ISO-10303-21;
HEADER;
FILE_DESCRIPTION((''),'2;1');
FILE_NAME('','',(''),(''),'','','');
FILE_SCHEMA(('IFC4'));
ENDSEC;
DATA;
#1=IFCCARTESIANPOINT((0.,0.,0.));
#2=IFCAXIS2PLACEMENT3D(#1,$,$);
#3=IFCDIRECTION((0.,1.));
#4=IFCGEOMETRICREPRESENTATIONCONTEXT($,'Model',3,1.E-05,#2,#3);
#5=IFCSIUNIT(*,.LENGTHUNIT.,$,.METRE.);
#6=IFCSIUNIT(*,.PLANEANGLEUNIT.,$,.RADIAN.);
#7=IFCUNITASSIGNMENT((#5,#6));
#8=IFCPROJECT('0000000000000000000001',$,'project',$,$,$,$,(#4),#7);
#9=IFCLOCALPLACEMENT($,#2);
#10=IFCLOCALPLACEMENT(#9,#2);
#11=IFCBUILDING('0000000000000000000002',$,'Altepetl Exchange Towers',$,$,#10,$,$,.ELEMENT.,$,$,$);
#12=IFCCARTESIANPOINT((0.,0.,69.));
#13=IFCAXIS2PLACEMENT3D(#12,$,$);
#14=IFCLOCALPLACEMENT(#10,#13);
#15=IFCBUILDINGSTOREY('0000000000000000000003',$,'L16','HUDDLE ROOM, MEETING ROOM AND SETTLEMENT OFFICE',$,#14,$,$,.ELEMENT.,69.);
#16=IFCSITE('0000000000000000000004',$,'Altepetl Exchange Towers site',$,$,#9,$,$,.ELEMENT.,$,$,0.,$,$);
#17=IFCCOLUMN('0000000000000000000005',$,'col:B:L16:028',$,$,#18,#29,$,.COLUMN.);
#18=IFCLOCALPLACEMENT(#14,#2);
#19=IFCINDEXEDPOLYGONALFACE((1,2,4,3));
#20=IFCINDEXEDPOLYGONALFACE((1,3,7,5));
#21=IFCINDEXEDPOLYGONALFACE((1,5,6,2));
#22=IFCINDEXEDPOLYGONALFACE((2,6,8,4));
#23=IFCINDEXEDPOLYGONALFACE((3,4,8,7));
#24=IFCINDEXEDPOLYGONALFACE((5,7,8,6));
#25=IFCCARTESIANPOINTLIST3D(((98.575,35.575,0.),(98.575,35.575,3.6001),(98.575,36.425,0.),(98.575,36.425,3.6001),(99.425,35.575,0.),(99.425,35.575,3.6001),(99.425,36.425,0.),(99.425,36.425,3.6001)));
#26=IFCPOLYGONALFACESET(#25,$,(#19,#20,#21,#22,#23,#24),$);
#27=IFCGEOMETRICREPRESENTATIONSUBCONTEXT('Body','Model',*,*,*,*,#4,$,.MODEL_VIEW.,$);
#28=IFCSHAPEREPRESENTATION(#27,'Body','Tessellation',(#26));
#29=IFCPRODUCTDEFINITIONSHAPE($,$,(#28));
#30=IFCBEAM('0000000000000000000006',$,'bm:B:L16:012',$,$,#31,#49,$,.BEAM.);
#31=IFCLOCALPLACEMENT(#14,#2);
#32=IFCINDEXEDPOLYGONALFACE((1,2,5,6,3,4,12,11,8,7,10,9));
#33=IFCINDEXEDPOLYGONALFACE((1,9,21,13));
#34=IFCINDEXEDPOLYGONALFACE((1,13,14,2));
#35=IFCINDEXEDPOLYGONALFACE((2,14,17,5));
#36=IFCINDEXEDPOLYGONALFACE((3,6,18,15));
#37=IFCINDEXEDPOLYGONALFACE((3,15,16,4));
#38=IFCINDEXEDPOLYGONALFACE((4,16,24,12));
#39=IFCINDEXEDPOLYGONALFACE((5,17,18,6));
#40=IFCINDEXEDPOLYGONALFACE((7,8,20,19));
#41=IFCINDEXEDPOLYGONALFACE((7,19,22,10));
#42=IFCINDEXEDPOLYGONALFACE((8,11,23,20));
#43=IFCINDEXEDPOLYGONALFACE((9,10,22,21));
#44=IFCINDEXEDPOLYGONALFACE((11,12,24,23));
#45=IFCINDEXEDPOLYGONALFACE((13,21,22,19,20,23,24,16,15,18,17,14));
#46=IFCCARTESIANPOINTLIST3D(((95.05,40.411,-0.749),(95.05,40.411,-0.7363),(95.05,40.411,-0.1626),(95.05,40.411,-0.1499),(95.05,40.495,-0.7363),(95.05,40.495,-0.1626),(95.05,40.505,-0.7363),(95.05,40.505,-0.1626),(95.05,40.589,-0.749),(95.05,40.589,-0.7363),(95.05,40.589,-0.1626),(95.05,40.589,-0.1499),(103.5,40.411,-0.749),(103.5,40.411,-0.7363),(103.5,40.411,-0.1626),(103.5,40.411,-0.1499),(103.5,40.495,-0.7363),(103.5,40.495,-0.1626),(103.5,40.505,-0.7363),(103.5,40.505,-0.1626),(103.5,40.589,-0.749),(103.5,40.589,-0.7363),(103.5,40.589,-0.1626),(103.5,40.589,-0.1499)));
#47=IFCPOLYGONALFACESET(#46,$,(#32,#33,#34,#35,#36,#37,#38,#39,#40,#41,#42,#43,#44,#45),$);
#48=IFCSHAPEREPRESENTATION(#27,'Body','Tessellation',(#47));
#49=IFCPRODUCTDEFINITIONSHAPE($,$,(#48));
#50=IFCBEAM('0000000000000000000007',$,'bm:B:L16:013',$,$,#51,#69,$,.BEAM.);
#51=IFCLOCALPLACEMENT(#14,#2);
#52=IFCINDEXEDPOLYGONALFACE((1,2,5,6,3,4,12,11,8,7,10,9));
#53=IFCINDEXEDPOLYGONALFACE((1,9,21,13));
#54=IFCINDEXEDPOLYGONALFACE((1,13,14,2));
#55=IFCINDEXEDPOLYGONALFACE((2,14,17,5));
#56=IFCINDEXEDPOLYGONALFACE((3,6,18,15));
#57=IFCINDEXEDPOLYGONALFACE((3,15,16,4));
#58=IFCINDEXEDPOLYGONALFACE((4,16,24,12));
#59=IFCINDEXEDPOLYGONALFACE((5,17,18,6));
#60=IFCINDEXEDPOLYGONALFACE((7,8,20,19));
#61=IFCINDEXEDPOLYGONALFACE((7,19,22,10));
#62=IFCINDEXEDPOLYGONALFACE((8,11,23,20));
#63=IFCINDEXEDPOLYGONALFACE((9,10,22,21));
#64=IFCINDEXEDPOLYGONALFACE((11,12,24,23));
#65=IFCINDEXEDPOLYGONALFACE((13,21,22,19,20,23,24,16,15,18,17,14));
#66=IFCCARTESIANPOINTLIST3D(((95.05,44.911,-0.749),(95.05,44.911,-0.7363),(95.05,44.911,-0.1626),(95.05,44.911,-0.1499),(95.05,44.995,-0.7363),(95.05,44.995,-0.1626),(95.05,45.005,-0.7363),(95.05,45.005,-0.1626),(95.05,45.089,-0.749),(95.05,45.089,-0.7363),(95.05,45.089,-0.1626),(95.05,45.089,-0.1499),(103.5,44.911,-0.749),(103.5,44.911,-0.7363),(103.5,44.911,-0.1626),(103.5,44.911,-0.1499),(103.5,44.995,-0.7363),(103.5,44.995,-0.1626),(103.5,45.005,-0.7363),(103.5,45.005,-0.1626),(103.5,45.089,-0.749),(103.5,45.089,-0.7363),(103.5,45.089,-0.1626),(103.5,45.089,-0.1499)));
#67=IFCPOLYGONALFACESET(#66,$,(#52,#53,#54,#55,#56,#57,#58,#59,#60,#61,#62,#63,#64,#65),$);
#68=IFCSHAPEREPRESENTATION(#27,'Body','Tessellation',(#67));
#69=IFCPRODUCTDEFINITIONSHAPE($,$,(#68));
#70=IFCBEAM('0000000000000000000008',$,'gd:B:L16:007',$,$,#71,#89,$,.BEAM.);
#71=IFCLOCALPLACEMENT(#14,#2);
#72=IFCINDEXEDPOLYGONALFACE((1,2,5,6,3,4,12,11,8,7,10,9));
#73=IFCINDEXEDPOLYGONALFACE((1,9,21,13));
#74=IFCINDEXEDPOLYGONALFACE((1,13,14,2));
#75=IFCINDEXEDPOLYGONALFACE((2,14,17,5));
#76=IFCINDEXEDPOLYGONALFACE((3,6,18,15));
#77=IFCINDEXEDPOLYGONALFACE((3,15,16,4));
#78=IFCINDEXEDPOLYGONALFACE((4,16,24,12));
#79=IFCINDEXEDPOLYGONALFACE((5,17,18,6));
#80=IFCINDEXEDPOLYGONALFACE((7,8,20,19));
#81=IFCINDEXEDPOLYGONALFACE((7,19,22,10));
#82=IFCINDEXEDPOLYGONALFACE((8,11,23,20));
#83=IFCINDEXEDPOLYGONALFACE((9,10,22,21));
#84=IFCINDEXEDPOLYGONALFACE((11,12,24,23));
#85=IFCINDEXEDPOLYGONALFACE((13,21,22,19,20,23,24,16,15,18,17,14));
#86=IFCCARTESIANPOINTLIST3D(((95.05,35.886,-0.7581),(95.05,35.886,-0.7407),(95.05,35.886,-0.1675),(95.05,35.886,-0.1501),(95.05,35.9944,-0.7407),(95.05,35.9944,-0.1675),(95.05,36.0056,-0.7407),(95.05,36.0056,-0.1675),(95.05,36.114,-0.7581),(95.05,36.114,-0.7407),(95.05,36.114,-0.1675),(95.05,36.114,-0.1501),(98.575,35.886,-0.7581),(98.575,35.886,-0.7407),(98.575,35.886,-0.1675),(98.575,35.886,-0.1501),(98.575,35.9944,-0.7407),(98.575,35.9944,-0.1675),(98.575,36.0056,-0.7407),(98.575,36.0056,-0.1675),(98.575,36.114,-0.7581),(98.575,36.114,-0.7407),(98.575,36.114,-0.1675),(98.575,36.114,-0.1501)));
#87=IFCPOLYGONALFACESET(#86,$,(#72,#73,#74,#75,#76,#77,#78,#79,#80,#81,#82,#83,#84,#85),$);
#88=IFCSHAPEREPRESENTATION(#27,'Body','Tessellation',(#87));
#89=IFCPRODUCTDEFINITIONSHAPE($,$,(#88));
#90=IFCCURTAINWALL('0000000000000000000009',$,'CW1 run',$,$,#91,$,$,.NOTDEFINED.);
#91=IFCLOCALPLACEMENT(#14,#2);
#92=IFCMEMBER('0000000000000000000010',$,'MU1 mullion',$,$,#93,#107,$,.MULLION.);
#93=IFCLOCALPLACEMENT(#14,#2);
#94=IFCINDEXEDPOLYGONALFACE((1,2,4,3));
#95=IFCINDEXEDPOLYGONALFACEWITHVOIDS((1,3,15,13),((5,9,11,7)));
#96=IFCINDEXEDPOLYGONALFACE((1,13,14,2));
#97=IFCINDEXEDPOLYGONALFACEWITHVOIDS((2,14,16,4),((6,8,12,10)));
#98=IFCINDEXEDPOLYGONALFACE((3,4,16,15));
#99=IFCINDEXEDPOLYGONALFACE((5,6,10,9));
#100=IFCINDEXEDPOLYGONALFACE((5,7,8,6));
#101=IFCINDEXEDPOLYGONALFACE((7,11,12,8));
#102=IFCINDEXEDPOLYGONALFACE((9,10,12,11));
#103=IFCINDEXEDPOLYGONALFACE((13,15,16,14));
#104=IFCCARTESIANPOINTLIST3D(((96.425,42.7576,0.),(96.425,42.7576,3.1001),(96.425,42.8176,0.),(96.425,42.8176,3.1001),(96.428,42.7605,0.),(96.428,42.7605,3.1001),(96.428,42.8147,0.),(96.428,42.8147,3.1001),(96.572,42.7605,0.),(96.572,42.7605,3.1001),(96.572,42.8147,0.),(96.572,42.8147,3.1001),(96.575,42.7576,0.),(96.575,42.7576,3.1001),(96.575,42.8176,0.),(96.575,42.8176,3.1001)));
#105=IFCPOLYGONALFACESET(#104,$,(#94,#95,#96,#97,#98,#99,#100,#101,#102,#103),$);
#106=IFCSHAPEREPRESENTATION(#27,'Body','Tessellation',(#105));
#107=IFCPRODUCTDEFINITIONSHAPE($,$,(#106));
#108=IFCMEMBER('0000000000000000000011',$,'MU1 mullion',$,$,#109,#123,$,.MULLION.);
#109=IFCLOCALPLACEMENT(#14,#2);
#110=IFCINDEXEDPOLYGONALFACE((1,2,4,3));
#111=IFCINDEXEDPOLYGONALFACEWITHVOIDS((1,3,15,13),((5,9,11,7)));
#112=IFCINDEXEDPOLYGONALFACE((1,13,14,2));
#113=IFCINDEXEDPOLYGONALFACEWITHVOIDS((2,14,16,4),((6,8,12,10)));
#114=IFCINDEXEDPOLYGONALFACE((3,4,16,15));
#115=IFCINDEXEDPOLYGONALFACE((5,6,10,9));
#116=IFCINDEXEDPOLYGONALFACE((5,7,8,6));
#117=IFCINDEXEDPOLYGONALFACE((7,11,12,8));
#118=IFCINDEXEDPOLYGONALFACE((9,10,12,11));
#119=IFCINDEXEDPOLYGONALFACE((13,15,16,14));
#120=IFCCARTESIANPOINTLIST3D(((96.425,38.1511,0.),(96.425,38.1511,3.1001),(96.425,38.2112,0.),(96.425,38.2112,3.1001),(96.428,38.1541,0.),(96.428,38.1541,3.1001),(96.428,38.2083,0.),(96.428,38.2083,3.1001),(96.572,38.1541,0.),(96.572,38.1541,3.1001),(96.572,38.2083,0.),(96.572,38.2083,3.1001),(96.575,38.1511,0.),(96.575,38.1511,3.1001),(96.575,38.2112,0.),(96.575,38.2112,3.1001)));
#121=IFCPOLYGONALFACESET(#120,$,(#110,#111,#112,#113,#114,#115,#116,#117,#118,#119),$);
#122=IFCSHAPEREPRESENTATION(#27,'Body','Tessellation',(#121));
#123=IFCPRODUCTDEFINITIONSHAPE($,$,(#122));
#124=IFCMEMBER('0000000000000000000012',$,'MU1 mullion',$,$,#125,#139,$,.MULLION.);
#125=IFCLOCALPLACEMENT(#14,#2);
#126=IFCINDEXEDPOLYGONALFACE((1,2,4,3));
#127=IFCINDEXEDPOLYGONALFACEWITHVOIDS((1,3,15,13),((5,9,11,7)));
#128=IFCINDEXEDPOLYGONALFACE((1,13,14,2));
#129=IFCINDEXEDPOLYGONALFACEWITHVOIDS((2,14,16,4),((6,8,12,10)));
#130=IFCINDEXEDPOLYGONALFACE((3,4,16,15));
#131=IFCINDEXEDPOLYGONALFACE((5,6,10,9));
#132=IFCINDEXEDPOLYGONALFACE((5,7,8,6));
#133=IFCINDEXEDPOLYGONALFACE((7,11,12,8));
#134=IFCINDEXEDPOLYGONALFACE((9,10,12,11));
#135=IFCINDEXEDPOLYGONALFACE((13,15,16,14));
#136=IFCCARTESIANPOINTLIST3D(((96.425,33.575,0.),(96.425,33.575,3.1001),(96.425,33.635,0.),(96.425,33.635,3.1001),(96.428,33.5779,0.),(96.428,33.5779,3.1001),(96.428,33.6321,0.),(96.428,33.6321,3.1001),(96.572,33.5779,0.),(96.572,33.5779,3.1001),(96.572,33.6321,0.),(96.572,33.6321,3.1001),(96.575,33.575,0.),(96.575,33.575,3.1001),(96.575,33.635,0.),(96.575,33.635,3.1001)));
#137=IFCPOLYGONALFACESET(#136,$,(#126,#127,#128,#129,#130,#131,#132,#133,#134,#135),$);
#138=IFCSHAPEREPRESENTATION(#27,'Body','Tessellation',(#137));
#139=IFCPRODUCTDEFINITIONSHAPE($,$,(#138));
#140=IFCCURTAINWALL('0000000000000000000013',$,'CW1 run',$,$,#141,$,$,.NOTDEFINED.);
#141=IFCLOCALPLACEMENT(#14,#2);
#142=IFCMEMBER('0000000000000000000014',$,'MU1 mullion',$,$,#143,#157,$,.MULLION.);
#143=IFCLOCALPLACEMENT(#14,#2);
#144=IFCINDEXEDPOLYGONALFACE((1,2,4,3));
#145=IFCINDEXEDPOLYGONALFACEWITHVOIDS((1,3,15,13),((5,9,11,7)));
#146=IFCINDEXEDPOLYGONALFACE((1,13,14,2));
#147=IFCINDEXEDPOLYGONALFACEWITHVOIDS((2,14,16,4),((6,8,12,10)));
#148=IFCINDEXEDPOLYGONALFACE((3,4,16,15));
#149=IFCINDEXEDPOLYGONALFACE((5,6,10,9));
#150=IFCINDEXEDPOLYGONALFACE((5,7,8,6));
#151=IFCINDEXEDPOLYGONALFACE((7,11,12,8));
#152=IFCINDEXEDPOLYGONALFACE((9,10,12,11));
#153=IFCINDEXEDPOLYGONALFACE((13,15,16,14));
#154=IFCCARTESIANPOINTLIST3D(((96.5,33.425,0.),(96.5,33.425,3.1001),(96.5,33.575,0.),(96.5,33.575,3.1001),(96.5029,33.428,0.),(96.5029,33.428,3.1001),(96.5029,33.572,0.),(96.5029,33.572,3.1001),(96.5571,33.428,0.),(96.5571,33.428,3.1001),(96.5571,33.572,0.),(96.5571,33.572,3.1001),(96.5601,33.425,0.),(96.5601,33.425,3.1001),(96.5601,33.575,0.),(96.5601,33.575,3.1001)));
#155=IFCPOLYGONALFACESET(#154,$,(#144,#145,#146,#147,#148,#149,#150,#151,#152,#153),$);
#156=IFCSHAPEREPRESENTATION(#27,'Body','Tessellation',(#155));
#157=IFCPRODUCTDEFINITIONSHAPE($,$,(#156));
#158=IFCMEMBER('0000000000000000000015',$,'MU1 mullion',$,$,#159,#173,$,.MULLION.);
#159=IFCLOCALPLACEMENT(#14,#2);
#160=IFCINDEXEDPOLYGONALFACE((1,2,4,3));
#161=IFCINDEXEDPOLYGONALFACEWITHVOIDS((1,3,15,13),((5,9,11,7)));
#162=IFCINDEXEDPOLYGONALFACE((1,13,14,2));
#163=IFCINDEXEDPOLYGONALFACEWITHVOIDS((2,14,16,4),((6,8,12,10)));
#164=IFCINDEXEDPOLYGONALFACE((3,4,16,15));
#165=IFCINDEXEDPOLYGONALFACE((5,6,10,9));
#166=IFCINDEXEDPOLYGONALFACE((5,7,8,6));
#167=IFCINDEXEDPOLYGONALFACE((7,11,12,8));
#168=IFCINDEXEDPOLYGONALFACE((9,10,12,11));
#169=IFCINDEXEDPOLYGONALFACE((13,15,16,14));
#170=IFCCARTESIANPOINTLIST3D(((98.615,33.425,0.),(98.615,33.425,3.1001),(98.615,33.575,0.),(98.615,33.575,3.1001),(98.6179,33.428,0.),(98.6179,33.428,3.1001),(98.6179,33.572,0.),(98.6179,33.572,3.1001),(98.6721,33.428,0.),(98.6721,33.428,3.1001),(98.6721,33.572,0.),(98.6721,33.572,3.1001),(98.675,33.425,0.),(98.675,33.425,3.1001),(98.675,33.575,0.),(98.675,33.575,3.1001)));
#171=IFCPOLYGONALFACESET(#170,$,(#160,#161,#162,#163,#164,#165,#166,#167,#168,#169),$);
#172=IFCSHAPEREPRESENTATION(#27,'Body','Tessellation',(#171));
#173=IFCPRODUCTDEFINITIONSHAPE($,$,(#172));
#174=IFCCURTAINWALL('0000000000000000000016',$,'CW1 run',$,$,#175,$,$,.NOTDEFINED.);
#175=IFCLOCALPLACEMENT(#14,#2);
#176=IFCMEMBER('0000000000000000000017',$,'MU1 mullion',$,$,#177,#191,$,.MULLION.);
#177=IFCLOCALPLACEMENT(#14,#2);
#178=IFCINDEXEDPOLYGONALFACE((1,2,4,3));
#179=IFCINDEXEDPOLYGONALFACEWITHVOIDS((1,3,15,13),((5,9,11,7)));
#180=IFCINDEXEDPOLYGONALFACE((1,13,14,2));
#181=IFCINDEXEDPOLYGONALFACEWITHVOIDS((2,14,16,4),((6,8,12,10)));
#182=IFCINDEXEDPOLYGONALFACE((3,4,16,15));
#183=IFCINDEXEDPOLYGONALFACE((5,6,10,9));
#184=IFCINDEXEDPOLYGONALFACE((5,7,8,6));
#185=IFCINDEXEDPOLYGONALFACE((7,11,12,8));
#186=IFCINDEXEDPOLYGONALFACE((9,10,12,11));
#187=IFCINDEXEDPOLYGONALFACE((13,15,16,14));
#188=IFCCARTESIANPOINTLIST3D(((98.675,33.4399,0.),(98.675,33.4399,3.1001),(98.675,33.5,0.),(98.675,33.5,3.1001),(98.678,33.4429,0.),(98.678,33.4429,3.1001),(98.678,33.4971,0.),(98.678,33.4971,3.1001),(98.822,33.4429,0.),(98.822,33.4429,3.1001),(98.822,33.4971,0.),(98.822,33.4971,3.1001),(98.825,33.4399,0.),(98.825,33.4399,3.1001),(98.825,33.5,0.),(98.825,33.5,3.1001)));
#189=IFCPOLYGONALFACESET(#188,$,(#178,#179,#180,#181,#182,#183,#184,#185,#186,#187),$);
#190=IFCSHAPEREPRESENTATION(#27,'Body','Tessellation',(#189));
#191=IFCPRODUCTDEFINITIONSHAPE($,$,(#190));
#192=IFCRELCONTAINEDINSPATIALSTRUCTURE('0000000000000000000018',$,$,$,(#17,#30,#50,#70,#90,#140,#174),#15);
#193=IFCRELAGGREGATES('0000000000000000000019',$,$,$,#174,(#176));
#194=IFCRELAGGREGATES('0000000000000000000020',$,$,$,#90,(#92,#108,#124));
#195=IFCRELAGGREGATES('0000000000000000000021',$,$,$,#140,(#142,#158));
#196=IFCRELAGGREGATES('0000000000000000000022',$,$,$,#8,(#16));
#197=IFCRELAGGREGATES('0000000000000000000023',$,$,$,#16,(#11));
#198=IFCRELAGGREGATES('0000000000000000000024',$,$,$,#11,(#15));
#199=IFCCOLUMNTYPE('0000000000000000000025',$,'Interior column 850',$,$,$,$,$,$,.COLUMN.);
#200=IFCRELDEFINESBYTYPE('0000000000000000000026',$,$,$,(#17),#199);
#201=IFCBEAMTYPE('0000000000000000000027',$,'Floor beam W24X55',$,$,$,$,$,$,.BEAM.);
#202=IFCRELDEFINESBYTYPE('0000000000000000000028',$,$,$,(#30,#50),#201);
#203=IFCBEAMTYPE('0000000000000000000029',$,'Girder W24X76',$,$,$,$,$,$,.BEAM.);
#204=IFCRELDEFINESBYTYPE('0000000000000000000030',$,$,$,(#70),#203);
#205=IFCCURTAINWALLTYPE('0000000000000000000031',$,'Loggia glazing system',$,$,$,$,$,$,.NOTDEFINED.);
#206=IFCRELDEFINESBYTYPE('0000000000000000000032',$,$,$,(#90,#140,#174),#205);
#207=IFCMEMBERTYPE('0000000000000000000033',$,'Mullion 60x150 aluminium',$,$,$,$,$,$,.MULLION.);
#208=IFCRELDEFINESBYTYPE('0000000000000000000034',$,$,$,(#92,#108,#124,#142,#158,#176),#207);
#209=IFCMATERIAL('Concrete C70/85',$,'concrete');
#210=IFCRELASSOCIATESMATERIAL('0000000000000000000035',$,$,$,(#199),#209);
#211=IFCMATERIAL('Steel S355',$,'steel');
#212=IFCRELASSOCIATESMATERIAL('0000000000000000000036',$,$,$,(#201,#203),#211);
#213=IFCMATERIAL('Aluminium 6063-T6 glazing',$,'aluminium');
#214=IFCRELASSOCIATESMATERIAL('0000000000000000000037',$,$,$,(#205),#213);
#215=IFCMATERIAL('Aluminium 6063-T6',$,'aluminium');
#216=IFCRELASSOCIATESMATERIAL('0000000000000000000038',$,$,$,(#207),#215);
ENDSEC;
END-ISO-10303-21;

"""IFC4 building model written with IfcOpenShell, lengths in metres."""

from ifc_helpers import new_model, si_unit, direction, frame, origin, origin_2d, place, context, subcontext, project, spatial, rectangle, hollow_rectangle, i_section, extrude, material, material_profile, profile_set, type_object, element, aggregate, save


model = new_model("IFC4")

# Units and contexts
model_context = context("Model", 3, precision=1e-05, world=origin(), true_north=direction((0.0, 1.0)))
body_context = subcontext(model_context, "Body", "Model", "MODEL_VIEW")
ifc_project = project(units=[si_unit("LENGTHUNIT", "METRE"), si_unit("PLANEANGLEUNIT", "RADIAN")], contexts=[model_context])

# Site, building, storey
site_placement = place(None, origin())
site = spatial("IfcSite", under=ifc_project, at=site_placement, Name="Altepetl Exchange Towers site", CompositionType="ELEMENT", RefElevation=0.0)
building_placement = place(site_placement, origin())
building = spatial("IfcBuilding", under=site, at=building_placement, Name="Altepetl Exchange Towers", CompositionType="ELEMENT")
storey_placement = place(building_placement, frame((0.0, 0.0, 69.0)))
storey = spatial("IfcBuildingStorey", under=building, at=storey_placement, Name="L16", Description="HUDDLE ROOM, MEETING ROOM AND SETTLEMENT OFFICE", CompositionType="ELEMENT", Elevation=69.0)

# Column
ifc_material_1 = material(Name="Concrete C70/85", Category="concrete")
ifc_material_profile_1 = material_profile(ifc_material_1, rectangle(XDim=0.8501, YDim=0.8501, at=origin_2d()), Name="850 x 850")
ifc_profile_set_1 = profile_set([ifc_material_profile_1], Name="Concrete C70/85")
column_type = type_object("IfcColumnType", Name="Interior column 850", PredefinedType="COLUMN", material=ifc_profile_set_1)
column_placement = place(storey_placement, frame((99.0, 36.0, 0.0)))
element("IfcColumn", 1, at=column_placement, inside=storey, type_object=column_type, Name="col:B:L16:028", PredefinedType="COLUMN", context=body_context, shape_type="SweptSolid", body=[
    extrude(rectangle(XDim=0.8501, YDim=0.8501, at=origin_2d()), origin(), (0.0, 0.0, 1.0), 3.6001),
])

# Beams
ifc_material_2 = material(Name="Steel S355", Category="steel")
ifc_material_profile_2 = material_profile(ifc_material_2, i_section(OverallWidth=0.178, OverallDepth=0.5991, WebThickness=0.01, FlangeThickness=0.0127, at=origin_2d()), Name="W24X55")
ifc_profile_set_2 = profile_set([ifc_material_profile_2], Name="Steel S355")
beam_type_1 = type_object("IfcBeamType", Name="Floor beam W24X55", PredefinedType="BEAM", material=ifc_profile_set_2)
for number, where, z_axis, x_axis, name in (
    (2, (95.05, 40.5, -0.4495), (1.0, 0.0, 0.0), (0.0, 1.0, 0.0), "bm:B:L16:012"),
    (3, (95.05, 45.0, -0.4495), (1.0, 0.0, 0.0), (0.0, 1.0, 0.0), "bm:B:L16:013"),
):
    element("IfcBeam", number, at=place(storey_placement, frame(where, z_axis=z_axis, x_axis=x_axis)), inside=storey, type_object=beam_type_1, Name=name, PredefinedType="BEAM", context=body_context, shape_type="SweptSolid", body=[
        extrude(i_section(OverallWidth=0.178, OverallDepth=0.5991, WebThickness=0.01, FlangeThickness=0.0127, at=origin_2d()), origin(), (0.0, 0.0, 1.0), 8.45),
    ])
ifc_material_profile_3 = material_profile(ifc_material_2, i_section(OverallWidth=0.228, OverallDepth=0.6079, WebThickness=0.0112, FlangeThickness=0.0173, at=origin_2d()), Name="W24X76")
ifc_profile_set_3 = profile_set([ifc_material_profile_3], Name="Steel S355")
beam_type_2 = type_object("IfcBeamType", Name="Girder W24X76", PredefinedType="BEAM", material=ifc_profile_set_3)
beam_placement = place(storey_placement, frame((98.575, 36.0, -0.4541), z_axis=(-1.0, 0.0, 0.0), x_axis=(0.0, -1.0, 0.0)))
element("IfcBeam", 4, at=beam_placement, inside=storey, type_object=beam_type_2, Name="gd:B:L16:007", PredefinedType="BEAM", context=body_context, shape_type="SweptSolid", body=[
    extrude(i_section(OverallWidth=0.228, OverallDepth=0.6079, WebThickness=0.0112, FlangeThickness=0.0173, at=origin_2d()), origin(), (0.0, 0.0, 1.0), 3.5249),
])

# Curtain walls, members
ifc_material_3 = material(Name="Aluminium 6063-T6 glazing", Category="aluminium")
curtain_wall_type = type_object("IfcCurtainWallType", Name="Loggia glazing system", PredefinedType="NOTDEFINED", material=ifc_material_3)
curtain_wall_1_placement = place(storey_placement, origin())
curtain_wall_1 = element("IfcCurtainWall", 5, at=curtain_wall_1_placement, inside=storey, type_object=curtain_wall_type, Name="CW1 run", PredefinedType="NOTDEFINED")
ifc_material_4 = material(Name="Aluminium 6063-T6", Category="aluminium")
ifc_material_profile_4 = material_profile(ifc_material_4, hollow_rectangle(XDim=0.0601, YDim=0.1499, WallThickness=0.0029, at=origin_2d()), Name="Mullion 60x150 aluminium")
ifc_profile_set_4 = profile_set([ifc_material_profile_4], Name="Aluminium 6063-T6")
member_type = type_object("IfcMemberType", Name="Mullion 60x150 aluminium", PredefinedType="MULLION", material=ifc_profile_set_4)
member_1_placement = place(storey_placement, frame((96.5, 42.7876, 0.0), z_axis=(0.0, 0.0, 1.0), x_axis=(0.0, -1.0, 0.0)))
member_1 = element("IfcMember", 6, at=member_1_placement, type_object=member_type, Name="MU1 mullion", PredefinedType="MULLION", context=body_context, shape_type="SweptSolid", body=[
    extrude(hollow_rectangle(XDim=0.0601, YDim=0.1499, WallThickness=0.0029, at=origin_2d()), origin(), (0.0, 0.0, 1.0), 3.1001),
])
member_2_placement = place(storey_placement, frame((96.5, 38.1812, 0.0), z_axis=(0.0, 0.0, 1.0), x_axis=(0.0, -1.0, 0.0)))
member_2 = element("IfcMember", 7, at=member_2_placement, type_object=member_type, Name="MU1 mullion", PredefinedType="MULLION", context=body_context, shape_type="SweptSolid", body=[
    extrude(hollow_rectangle(XDim=0.0601, YDim=0.1499, WallThickness=0.0029, at=origin_2d()), origin(), (0.0, 0.0, 1.0), 3.1001),
])
member_3_placement = place(storey_placement, frame((96.5, 33.605, 0.0), z_axis=(0.0, 0.0, 1.0), x_axis=(0.0, -1.0, 0.0)))
member_3 = element("IfcMember", 8, at=member_3_placement, type_object=member_type, Name="MU1 mullion", PredefinedType="MULLION", context=body_context, shape_type="SweptSolid", body=[
    extrude(hollow_rectangle(XDim=0.0601, YDim=0.1499, WallThickness=0.0029, at=origin_2d()), origin(), (0.0, 0.0, 1.0), 3.1001),
])
curtain_wall_2_placement = place(storey_placement, origin())
curtain_wall_2 = element("IfcCurtainWall", 9, at=curtain_wall_2_placement, inside=storey, type_object=curtain_wall_type, Name="CW1 run", PredefinedType="NOTDEFINED")
member_4_placement = place(storey_placement, frame((96.53, 33.5, 0.0)))
member_4 = element("IfcMember", 10, at=member_4_placement, type_object=member_type, Name="MU1 mullion", PredefinedType="MULLION", context=body_context, shape_type="SweptSolid", body=[
    extrude(hollow_rectangle(XDim=0.0601, YDim=0.1499, WallThickness=0.0029, at=origin_2d()), origin(), (0.0, 0.0, 1.0), 3.1001),
])
member_5_placement = place(storey_placement, frame((98.645, 33.5, 0.0)))
member_5 = element("IfcMember", 11, at=member_5_placement, type_object=member_type, Name="MU1 mullion", PredefinedType="MULLION", context=body_context, shape_type="SweptSolid", body=[
    extrude(hollow_rectangle(XDim=0.0601, YDim=0.1499, WallThickness=0.0029, at=origin_2d()), origin(), (0.0, 0.0, 1.0), 3.1001),
])

# Curtain wall, member
curtain_wall_3_placement = place(storey_placement, origin())
curtain_wall_3 = element("IfcCurtainWall", 12, at=curtain_wall_3_placement, inside=storey, type_object=curtain_wall_type, Name="CW1 run", PredefinedType="NOTDEFINED")
member_6_placement = place(storey_placement, frame((98.75, 33.47, 0.0), z_axis=(0.0, 0.0, 1.0), x_axis=(0.0, -1.0, 0.0)))
member_6 = element("IfcMember", 13, at=member_6_placement, type_object=member_type, Name="MU1 mullion", PredefinedType="MULLION", context=body_context, shape_type="SweptSolid", body=[
    extrude(hollow_rectangle(XDim=0.0601, YDim=0.1499, WallThickness=0.0029, at=origin_2d()), origin(), (0.0, 0.0, 1.0), 3.1001),
])
aggregate(curtain_wall_3, [member_6])

aggregate(curtain_wall_1, [member_1, member_2, member_3])
aggregate(curtain_wall_2, [member_4, member_5])

save(model, "model.ifc")
